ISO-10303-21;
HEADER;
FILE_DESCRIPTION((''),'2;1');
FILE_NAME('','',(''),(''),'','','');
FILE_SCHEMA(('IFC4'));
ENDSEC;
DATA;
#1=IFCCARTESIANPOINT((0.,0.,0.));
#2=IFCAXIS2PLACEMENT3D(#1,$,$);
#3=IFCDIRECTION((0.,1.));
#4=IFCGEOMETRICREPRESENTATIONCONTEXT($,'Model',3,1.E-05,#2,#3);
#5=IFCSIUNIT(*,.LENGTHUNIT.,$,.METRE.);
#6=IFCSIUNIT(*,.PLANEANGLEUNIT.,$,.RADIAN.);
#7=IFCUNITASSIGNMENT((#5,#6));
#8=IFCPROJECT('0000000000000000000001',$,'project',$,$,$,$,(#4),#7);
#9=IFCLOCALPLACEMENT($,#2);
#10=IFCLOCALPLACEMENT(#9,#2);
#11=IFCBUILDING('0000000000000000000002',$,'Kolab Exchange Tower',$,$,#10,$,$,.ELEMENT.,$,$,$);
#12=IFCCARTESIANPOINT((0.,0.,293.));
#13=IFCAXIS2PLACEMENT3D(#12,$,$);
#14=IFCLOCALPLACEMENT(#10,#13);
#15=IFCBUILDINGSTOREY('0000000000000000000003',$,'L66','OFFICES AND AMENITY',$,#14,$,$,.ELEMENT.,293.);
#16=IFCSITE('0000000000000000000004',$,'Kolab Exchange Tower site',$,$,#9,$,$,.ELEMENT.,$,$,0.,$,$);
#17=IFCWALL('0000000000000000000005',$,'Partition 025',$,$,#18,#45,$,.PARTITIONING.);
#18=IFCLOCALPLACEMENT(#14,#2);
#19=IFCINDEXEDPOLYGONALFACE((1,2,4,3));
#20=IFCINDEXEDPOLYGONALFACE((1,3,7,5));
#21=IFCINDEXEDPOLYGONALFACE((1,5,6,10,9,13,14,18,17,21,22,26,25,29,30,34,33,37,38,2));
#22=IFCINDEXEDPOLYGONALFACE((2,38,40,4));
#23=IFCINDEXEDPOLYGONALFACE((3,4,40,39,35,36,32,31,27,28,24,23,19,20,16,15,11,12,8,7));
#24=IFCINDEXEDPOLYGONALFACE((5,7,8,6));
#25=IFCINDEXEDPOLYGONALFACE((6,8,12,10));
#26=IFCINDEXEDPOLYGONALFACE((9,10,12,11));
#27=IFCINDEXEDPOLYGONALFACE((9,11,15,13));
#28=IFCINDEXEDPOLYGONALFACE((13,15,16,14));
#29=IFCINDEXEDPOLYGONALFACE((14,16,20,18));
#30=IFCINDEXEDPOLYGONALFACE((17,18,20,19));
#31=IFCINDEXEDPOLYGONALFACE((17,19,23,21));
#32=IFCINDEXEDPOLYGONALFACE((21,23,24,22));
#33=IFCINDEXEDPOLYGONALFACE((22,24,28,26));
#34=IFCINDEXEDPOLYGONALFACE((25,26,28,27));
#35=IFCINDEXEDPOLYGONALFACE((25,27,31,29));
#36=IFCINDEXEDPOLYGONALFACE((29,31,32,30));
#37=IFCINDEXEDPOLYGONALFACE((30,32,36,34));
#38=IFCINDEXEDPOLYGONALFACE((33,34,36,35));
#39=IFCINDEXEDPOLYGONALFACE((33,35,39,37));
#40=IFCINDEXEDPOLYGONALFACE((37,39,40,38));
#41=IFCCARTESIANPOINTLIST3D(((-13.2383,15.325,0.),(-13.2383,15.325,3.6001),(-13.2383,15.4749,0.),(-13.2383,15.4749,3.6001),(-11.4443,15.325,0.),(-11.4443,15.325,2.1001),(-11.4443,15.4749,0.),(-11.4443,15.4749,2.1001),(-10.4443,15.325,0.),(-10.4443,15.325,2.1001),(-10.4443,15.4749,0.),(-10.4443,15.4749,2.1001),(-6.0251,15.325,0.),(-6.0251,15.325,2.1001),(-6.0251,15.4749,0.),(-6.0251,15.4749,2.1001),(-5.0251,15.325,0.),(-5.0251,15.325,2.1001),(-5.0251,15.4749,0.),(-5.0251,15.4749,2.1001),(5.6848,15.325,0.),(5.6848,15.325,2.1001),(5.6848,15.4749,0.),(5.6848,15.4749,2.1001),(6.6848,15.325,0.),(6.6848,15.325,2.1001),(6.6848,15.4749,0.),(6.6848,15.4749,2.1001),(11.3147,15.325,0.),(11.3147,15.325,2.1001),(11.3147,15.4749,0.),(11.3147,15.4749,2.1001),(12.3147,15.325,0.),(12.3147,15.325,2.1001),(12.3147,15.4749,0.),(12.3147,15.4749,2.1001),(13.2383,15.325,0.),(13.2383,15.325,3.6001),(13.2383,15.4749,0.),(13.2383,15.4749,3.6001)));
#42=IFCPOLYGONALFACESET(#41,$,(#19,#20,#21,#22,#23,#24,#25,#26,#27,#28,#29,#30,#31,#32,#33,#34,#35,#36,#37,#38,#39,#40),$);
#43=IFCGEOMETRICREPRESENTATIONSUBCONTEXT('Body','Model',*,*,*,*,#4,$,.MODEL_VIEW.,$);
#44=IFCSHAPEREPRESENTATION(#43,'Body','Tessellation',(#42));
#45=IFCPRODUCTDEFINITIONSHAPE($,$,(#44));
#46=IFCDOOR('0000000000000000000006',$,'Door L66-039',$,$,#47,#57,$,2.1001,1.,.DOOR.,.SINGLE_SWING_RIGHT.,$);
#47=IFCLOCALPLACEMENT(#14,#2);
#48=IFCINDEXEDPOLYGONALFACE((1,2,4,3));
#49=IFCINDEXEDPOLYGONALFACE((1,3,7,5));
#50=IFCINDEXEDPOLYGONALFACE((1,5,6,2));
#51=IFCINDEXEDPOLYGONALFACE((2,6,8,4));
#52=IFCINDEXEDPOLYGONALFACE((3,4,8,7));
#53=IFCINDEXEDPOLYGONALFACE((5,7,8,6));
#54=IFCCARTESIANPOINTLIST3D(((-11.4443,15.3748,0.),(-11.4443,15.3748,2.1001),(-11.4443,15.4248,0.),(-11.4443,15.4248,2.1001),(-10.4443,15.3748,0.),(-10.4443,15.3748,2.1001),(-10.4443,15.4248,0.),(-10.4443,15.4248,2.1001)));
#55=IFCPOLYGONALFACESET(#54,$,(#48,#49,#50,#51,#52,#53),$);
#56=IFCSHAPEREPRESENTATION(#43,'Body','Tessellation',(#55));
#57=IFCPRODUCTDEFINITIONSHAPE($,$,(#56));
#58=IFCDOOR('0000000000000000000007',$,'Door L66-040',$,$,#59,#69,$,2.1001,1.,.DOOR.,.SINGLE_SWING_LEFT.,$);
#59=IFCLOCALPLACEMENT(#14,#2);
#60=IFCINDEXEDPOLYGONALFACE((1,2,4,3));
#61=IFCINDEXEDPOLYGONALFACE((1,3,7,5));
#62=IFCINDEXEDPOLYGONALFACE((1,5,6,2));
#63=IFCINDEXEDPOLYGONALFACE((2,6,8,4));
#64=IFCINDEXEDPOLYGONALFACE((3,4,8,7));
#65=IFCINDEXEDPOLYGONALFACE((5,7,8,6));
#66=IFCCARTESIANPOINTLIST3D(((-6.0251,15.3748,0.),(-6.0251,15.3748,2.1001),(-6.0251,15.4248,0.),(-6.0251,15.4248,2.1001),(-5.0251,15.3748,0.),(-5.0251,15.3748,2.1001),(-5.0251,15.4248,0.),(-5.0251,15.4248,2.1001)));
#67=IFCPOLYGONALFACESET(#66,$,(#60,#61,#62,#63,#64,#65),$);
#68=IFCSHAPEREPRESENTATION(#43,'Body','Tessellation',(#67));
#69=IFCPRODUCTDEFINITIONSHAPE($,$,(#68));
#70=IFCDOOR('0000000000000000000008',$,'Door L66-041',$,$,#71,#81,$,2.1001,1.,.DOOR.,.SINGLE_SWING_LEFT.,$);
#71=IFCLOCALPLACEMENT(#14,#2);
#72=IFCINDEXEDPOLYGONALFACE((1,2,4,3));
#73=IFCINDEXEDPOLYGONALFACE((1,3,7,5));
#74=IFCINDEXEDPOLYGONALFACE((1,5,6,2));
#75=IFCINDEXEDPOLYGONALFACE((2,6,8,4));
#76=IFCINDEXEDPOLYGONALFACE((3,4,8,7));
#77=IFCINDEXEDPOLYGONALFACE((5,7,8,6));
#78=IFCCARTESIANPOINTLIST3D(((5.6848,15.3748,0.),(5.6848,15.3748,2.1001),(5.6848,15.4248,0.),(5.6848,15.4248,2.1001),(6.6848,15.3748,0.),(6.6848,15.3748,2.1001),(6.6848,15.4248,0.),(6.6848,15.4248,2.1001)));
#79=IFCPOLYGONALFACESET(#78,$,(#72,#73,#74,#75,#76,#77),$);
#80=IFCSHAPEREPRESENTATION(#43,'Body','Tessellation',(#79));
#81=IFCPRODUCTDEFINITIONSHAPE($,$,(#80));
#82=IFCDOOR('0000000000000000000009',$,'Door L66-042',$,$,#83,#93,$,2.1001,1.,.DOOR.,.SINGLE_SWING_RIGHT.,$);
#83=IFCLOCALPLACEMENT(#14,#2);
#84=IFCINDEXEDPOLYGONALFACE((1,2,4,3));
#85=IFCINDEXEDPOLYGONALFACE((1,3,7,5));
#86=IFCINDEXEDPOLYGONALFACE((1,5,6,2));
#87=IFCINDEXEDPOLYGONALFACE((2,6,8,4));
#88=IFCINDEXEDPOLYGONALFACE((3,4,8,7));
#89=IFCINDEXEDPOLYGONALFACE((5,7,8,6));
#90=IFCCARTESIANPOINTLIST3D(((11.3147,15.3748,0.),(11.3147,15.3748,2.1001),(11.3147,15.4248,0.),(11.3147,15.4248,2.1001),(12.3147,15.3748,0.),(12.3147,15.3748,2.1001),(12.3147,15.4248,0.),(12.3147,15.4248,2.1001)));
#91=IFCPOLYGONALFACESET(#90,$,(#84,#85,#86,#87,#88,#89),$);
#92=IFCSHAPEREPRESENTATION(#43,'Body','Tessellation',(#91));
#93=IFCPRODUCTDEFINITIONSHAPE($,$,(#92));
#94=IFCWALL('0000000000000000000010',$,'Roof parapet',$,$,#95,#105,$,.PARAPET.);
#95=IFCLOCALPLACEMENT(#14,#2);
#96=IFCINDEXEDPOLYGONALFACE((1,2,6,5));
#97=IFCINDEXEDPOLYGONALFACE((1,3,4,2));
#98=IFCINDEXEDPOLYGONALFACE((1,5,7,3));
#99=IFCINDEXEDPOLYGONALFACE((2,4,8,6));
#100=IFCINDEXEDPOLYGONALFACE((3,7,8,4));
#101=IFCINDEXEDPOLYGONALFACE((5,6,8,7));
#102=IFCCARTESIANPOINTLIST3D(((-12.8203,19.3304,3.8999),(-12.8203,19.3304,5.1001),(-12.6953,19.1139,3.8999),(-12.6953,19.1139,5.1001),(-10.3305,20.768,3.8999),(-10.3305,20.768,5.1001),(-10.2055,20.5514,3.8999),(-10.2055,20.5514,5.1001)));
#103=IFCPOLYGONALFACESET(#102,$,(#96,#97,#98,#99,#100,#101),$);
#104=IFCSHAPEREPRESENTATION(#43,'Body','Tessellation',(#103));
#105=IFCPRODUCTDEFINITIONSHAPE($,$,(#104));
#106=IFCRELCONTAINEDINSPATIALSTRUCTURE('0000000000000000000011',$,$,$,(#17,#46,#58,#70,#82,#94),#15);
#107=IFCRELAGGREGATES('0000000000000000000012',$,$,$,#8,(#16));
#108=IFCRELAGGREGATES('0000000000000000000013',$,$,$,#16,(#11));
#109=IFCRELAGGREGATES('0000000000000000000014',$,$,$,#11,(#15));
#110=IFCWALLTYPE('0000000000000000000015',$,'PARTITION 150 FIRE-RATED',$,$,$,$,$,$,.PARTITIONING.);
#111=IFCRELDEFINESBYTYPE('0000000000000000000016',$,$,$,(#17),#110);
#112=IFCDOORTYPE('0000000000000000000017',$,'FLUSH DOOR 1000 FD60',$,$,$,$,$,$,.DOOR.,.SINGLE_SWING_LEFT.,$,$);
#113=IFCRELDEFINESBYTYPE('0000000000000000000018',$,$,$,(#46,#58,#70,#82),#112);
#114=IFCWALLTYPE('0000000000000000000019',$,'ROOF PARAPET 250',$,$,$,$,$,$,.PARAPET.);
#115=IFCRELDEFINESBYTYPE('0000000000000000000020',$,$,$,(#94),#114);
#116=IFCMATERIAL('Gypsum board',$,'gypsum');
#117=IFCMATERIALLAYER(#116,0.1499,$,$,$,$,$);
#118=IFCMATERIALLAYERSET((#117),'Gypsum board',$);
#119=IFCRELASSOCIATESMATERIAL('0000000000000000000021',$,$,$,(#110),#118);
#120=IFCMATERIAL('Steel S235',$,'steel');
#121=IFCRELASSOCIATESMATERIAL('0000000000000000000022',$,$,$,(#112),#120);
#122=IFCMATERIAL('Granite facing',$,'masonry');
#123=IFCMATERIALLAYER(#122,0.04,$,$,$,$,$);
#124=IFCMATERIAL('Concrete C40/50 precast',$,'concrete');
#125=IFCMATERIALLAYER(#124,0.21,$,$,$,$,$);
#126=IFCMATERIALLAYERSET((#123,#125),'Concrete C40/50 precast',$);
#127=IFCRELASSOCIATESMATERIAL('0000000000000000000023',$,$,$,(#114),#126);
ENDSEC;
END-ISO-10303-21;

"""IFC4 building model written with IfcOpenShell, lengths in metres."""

from ifc_helpers import new_model, si_unit, direction, frame, frame_2d, origin, place, context, subcontext, project, spatial, rectangle, extrude, material, layer, layer_set, type_object, element, fill, save


model = new_model("IFC4")

# Units and contexts
model_context = context("Model", 3, precision=1e-05, world=origin(), true_north=direction((0.0, 1.0)))
body_context = subcontext(model_context, "Body", "Model", "MODEL_VIEW")
ifc_project = project(units=[si_unit("LENGTHUNIT", "METRE"), si_unit("PLANEANGLEUNIT", "RADIAN")], contexts=[model_context])

# Site, building, storey
site_placement = place(None, origin())
site = spatial("IfcSite", under=ifc_project, at=site_placement, Name="Kolab Exchange Tower site", CompositionType="ELEMENT", RefElevation=0.0)
building_placement = place(site_placement, origin())
building = spatial("IfcBuilding", under=site, at=building_placement, Name="Kolab Exchange Tower", CompositionType="ELEMENT")
storey_placement = place(building_placement, frame((0.0, 0.0, 293.0)))
storey = spatial("IfcBuildingStorey", under=building, at=storey_placement, Name="L66", Description="OFFICES AND AMENITY", CompositionType="ELEMENT", Elevation=293.0)

# Shared definitions
ifc_material_1 = material(Name="Gypsum board", Category="gypsum")

# Wall, openings, doors
ifc_layer_1 = layer(ifc_material_1, 0.1499)
ifc_layer_set_1 = layer_set([ifc_layer_1], Name="Gypsum board")
wall_type_1 = type_object("IfcWallType", Name="PARTITION 150 FIRE-RATED", PredefinedType="PARTITIONING", material=ifc_layer_set_1)
ifc_material_2 = material(Name="Steel S235", Category="steel")
wall_1_placement = place(storey_placement, frame((-13.2383, 15.3999, 0.0), z_axis=(0.0, 0.0, 1.0), x_axis=(1.0, 0.0, 0.0)))
wall_1 = element("IfcWall", 1, at=wall_1_placement, inside=storey, type_object=wall_type_1, Name="Partition 025", PredefinedType="PARTITIONING", context=body_context, shape_type="SweptSolid", body=[
    extrude(rectangle(XDim=26.4766, YDim=0.1499, at=frame_2d((13.2383, 0.0))), origin(), (0.0, 0.0, 1.0), 3.6001),
])
opening_1_placement = place(wall_1_placement, frame((1.7939, 0.0, 0.0)))
opening_1 = element("IfcOpeningElement", 2, at=opening_1_placement, cuts=wall_1, PredefinedType="OPENING", context=body_context, shape_type="SweptSolid", body=[
    extrude(rectangle(XDim=1.0, YDim=2.1001, at=frame_2d((0.5, 1.05))), frame((0.0, 0.085, 0.0), z_axis=(0.0, -1.0, 0.0), x_axis=(1.0, 0.0, 0.0)), (0.0, 0.0, 1.0), 0.1699),
])
opening_2_placement = place(wall_1_placement, frame((7.2131, 0.0, 0.0)))
opening_2 = element("IfcOpeningElement", 3, at=opening_2_placement, cuts=wall_1, PredefinedType="OPENING", context=body_context, shape_type="SweptSolid", body=[
    extrude(rectangle(XDim=1.0, YDim=2.1001, at=frame_2d((0.5, 1.05))), frame((0.0, 0.085, 0.0), z_axis=(0.0, -1.0, 0.0), x_axis=(1.0, 0.0, 0.0)), (0.0, 0.0, 1.0), 0.1699),
])
opening_3_placement = place(wall_1_placement, frame((18.9231, 0.0, 0.0)))
opening_3 = element("IfcOpeningElement", 4, at=opening_3_placement, cuts=wall_1, PredefinedType="OPENING", context=body_context, shape_type="SweptSolid", body=[
    extrude(rectangle(XDim=1.0, YDim=2.1001, at=frame_2d((0.5, 1.05))), frame((0.0, 0.085, 0.0), z_axis=(0.0, -1.0, 0.0), x_axis=(1.0, 0.0, 0.0)), (0.0, 0.0, 1.0), 0.1699),
])
opening_4_placement = place(wall_1_placement, frame((24.553, 0.0, 0.0)))
opening_4 = element("IfcOpeningElement", 5, at=opening_4_placement, cuts=wall_1, PredefinedType="OPENING", context=body_context, shape_type="SweptSolid", body=[
    extrude(rectangle(XDim=1.0, YDim=2.1001, at=frame_2d((0.5, 1.05))), frame((0.0, 0.085, 0.0), z_axis=(0.0, -1.0, 0.0), x_axis=(1.0, 0.0, 0.0)), (0.0, 0.0, 1.0), 0.1699),
])
door_type_1 = type_object("IfcDoorType", Name="FLUSH DOOR 1000 FD60", OperationType="SINGLE_SWING_LEFT", PredefinedType="DOOR", material=ifc_material_2)
door_1_placement = place(opening_1_placement, origin())
door_1 = element("IfcDoor", 6, at=door_1_placement, inside=storey, type_object=door_type_1, Name="Door L66-039", OperationType="SINGLE_SWING_RIGHT", OverallHeight=2.1001, OverallWidth=1.0, PredefinedType="DOOR", context=body_context, shape_type="SweptSolid", body=[
    extrude(rectangle(XDim=1.0, YDim=2.1001, at=frame_2d((0.5, 1.05))), frame((0.0, 0.0249, 0.0), z_axis=(0.0, -1.0, 0.0), x_axis=(1.0, 0.0, 0.0)), (0.0, 0.0, 1.0), 0.05),
])
fill(opening_1, door_1)
door_2_placement = place(opening_2_placement, origin())
door_2 = element("IfcDoor", 7, at=door_2_placement, inside=storey, type_object=door_type_1, Name="Door L66-040", OperationType="SINGLE_SWING_LEFT", OverallHeight=2.1001, OverallWidth=1.0, PredefinedType="DOOR", context=body_context, shape_type="SweptSolid", body=[
    extrude(rectangle(XDim=1.0, YDim=2.1001, at=frame_2d((0.5, 1.05))), frame((0.0, 0.0249, 0.0), z_axis=(0.0, -1.0, 0.0), x_axis=(1.0, 0.0, 0.0)), (0.0, 0.0, 1.0), 0.05),
])
fill(opening_2, door_2)
door_3_placement = place(opening_3_placement, origin())
door_3 = element("IfcDoor", 8, at=door_3_placement, inside=storey, type_object=door_type_1, Name="Door L66-041", OperationType="SINGLE_SWING_LEFT", OverallHeight=2.1001, OverallWidth=1.0, PredefinedType="DOOR", context=body_context, shape_type="SweptSolid", body=[
    extrude(rectangle(XDim=1.0, YDim=2.1001, at=frame_2d((0.5, 1.05))), frame((0.0, 0.0249, 0.0), z_axis=(0.0, -1.0, 0.0), x_axis=(1.0, 0.0, 0.0)), (0.0, 0.0, 1.0), 0.05),
])
fill(opening_3, door_3)
door_4_placement = place(opening_4_placement, origin())
door_4 = element("IfcDoor", 9, at=door_4_placement, inside=storey, type_object=door_type_1, Name="Door L66-042", OperationType="SINGLE_SWING_RIGHT", OverallHeight=2.1001, OverallWidth=1.0, PredefinedType="DOOR", context=body_context, shape_type="SweptSolid", body=[
    extrude(rectangle(XDim=1.0, YDim=2.1001, at=frame_2d((0.5, 1.05))), frame((0.0, 0.0249, 0.0), z_axis=(0.0, -1.0, 0.0), x_axis=(1.0, 0.0, 0.0)), (0.0, 0.0, 1.0), 0.05),
])
fill(opening_4, door_4)

# Wall
ifc_material_3 = material(Name="Granite facing", Category="masonry")
ifc_layer_2 = layer(ifc_material_3, 0.04)
ifc_material_4 = material(Name="Concrete C40/50 precast", Category="concrete")
ifc_layer_3 = layer(ifc_material_4, 0.21)
ifc_layer_set_2 = layer_set([ifc_layer_2, ifc_layer_3], Name="Concrete C40/50 precast")
wall_type_2 = type_object("IfcWallType", Name="ROOF PARAPET 250", PredefinedType="PARAPET", material=ifc_layer_set_2)
wall_2_placement = place(storey_placement, frame((-12.7578, 19.2222, 3.8999), z_axis=(0.0, 0.0, 1.0), x_axis=(0.866019, 0.500012, 0.0)))
element("IfcWall", 10, at=wall_2_placement, inside=storey, type_object=wall_type_2, Name="Roof parapet", PredefinedType="PARAPET", context=body_context, shape_type="SweptSolid", body=[
    extrude(rectangle(XDim=2.875, YDim=0.25, at=frame_2d((1.4375, 0.0))), origin(), (0.0, 0.0, 1.0), 1.2002),
])

save(model, "model.ifc")
